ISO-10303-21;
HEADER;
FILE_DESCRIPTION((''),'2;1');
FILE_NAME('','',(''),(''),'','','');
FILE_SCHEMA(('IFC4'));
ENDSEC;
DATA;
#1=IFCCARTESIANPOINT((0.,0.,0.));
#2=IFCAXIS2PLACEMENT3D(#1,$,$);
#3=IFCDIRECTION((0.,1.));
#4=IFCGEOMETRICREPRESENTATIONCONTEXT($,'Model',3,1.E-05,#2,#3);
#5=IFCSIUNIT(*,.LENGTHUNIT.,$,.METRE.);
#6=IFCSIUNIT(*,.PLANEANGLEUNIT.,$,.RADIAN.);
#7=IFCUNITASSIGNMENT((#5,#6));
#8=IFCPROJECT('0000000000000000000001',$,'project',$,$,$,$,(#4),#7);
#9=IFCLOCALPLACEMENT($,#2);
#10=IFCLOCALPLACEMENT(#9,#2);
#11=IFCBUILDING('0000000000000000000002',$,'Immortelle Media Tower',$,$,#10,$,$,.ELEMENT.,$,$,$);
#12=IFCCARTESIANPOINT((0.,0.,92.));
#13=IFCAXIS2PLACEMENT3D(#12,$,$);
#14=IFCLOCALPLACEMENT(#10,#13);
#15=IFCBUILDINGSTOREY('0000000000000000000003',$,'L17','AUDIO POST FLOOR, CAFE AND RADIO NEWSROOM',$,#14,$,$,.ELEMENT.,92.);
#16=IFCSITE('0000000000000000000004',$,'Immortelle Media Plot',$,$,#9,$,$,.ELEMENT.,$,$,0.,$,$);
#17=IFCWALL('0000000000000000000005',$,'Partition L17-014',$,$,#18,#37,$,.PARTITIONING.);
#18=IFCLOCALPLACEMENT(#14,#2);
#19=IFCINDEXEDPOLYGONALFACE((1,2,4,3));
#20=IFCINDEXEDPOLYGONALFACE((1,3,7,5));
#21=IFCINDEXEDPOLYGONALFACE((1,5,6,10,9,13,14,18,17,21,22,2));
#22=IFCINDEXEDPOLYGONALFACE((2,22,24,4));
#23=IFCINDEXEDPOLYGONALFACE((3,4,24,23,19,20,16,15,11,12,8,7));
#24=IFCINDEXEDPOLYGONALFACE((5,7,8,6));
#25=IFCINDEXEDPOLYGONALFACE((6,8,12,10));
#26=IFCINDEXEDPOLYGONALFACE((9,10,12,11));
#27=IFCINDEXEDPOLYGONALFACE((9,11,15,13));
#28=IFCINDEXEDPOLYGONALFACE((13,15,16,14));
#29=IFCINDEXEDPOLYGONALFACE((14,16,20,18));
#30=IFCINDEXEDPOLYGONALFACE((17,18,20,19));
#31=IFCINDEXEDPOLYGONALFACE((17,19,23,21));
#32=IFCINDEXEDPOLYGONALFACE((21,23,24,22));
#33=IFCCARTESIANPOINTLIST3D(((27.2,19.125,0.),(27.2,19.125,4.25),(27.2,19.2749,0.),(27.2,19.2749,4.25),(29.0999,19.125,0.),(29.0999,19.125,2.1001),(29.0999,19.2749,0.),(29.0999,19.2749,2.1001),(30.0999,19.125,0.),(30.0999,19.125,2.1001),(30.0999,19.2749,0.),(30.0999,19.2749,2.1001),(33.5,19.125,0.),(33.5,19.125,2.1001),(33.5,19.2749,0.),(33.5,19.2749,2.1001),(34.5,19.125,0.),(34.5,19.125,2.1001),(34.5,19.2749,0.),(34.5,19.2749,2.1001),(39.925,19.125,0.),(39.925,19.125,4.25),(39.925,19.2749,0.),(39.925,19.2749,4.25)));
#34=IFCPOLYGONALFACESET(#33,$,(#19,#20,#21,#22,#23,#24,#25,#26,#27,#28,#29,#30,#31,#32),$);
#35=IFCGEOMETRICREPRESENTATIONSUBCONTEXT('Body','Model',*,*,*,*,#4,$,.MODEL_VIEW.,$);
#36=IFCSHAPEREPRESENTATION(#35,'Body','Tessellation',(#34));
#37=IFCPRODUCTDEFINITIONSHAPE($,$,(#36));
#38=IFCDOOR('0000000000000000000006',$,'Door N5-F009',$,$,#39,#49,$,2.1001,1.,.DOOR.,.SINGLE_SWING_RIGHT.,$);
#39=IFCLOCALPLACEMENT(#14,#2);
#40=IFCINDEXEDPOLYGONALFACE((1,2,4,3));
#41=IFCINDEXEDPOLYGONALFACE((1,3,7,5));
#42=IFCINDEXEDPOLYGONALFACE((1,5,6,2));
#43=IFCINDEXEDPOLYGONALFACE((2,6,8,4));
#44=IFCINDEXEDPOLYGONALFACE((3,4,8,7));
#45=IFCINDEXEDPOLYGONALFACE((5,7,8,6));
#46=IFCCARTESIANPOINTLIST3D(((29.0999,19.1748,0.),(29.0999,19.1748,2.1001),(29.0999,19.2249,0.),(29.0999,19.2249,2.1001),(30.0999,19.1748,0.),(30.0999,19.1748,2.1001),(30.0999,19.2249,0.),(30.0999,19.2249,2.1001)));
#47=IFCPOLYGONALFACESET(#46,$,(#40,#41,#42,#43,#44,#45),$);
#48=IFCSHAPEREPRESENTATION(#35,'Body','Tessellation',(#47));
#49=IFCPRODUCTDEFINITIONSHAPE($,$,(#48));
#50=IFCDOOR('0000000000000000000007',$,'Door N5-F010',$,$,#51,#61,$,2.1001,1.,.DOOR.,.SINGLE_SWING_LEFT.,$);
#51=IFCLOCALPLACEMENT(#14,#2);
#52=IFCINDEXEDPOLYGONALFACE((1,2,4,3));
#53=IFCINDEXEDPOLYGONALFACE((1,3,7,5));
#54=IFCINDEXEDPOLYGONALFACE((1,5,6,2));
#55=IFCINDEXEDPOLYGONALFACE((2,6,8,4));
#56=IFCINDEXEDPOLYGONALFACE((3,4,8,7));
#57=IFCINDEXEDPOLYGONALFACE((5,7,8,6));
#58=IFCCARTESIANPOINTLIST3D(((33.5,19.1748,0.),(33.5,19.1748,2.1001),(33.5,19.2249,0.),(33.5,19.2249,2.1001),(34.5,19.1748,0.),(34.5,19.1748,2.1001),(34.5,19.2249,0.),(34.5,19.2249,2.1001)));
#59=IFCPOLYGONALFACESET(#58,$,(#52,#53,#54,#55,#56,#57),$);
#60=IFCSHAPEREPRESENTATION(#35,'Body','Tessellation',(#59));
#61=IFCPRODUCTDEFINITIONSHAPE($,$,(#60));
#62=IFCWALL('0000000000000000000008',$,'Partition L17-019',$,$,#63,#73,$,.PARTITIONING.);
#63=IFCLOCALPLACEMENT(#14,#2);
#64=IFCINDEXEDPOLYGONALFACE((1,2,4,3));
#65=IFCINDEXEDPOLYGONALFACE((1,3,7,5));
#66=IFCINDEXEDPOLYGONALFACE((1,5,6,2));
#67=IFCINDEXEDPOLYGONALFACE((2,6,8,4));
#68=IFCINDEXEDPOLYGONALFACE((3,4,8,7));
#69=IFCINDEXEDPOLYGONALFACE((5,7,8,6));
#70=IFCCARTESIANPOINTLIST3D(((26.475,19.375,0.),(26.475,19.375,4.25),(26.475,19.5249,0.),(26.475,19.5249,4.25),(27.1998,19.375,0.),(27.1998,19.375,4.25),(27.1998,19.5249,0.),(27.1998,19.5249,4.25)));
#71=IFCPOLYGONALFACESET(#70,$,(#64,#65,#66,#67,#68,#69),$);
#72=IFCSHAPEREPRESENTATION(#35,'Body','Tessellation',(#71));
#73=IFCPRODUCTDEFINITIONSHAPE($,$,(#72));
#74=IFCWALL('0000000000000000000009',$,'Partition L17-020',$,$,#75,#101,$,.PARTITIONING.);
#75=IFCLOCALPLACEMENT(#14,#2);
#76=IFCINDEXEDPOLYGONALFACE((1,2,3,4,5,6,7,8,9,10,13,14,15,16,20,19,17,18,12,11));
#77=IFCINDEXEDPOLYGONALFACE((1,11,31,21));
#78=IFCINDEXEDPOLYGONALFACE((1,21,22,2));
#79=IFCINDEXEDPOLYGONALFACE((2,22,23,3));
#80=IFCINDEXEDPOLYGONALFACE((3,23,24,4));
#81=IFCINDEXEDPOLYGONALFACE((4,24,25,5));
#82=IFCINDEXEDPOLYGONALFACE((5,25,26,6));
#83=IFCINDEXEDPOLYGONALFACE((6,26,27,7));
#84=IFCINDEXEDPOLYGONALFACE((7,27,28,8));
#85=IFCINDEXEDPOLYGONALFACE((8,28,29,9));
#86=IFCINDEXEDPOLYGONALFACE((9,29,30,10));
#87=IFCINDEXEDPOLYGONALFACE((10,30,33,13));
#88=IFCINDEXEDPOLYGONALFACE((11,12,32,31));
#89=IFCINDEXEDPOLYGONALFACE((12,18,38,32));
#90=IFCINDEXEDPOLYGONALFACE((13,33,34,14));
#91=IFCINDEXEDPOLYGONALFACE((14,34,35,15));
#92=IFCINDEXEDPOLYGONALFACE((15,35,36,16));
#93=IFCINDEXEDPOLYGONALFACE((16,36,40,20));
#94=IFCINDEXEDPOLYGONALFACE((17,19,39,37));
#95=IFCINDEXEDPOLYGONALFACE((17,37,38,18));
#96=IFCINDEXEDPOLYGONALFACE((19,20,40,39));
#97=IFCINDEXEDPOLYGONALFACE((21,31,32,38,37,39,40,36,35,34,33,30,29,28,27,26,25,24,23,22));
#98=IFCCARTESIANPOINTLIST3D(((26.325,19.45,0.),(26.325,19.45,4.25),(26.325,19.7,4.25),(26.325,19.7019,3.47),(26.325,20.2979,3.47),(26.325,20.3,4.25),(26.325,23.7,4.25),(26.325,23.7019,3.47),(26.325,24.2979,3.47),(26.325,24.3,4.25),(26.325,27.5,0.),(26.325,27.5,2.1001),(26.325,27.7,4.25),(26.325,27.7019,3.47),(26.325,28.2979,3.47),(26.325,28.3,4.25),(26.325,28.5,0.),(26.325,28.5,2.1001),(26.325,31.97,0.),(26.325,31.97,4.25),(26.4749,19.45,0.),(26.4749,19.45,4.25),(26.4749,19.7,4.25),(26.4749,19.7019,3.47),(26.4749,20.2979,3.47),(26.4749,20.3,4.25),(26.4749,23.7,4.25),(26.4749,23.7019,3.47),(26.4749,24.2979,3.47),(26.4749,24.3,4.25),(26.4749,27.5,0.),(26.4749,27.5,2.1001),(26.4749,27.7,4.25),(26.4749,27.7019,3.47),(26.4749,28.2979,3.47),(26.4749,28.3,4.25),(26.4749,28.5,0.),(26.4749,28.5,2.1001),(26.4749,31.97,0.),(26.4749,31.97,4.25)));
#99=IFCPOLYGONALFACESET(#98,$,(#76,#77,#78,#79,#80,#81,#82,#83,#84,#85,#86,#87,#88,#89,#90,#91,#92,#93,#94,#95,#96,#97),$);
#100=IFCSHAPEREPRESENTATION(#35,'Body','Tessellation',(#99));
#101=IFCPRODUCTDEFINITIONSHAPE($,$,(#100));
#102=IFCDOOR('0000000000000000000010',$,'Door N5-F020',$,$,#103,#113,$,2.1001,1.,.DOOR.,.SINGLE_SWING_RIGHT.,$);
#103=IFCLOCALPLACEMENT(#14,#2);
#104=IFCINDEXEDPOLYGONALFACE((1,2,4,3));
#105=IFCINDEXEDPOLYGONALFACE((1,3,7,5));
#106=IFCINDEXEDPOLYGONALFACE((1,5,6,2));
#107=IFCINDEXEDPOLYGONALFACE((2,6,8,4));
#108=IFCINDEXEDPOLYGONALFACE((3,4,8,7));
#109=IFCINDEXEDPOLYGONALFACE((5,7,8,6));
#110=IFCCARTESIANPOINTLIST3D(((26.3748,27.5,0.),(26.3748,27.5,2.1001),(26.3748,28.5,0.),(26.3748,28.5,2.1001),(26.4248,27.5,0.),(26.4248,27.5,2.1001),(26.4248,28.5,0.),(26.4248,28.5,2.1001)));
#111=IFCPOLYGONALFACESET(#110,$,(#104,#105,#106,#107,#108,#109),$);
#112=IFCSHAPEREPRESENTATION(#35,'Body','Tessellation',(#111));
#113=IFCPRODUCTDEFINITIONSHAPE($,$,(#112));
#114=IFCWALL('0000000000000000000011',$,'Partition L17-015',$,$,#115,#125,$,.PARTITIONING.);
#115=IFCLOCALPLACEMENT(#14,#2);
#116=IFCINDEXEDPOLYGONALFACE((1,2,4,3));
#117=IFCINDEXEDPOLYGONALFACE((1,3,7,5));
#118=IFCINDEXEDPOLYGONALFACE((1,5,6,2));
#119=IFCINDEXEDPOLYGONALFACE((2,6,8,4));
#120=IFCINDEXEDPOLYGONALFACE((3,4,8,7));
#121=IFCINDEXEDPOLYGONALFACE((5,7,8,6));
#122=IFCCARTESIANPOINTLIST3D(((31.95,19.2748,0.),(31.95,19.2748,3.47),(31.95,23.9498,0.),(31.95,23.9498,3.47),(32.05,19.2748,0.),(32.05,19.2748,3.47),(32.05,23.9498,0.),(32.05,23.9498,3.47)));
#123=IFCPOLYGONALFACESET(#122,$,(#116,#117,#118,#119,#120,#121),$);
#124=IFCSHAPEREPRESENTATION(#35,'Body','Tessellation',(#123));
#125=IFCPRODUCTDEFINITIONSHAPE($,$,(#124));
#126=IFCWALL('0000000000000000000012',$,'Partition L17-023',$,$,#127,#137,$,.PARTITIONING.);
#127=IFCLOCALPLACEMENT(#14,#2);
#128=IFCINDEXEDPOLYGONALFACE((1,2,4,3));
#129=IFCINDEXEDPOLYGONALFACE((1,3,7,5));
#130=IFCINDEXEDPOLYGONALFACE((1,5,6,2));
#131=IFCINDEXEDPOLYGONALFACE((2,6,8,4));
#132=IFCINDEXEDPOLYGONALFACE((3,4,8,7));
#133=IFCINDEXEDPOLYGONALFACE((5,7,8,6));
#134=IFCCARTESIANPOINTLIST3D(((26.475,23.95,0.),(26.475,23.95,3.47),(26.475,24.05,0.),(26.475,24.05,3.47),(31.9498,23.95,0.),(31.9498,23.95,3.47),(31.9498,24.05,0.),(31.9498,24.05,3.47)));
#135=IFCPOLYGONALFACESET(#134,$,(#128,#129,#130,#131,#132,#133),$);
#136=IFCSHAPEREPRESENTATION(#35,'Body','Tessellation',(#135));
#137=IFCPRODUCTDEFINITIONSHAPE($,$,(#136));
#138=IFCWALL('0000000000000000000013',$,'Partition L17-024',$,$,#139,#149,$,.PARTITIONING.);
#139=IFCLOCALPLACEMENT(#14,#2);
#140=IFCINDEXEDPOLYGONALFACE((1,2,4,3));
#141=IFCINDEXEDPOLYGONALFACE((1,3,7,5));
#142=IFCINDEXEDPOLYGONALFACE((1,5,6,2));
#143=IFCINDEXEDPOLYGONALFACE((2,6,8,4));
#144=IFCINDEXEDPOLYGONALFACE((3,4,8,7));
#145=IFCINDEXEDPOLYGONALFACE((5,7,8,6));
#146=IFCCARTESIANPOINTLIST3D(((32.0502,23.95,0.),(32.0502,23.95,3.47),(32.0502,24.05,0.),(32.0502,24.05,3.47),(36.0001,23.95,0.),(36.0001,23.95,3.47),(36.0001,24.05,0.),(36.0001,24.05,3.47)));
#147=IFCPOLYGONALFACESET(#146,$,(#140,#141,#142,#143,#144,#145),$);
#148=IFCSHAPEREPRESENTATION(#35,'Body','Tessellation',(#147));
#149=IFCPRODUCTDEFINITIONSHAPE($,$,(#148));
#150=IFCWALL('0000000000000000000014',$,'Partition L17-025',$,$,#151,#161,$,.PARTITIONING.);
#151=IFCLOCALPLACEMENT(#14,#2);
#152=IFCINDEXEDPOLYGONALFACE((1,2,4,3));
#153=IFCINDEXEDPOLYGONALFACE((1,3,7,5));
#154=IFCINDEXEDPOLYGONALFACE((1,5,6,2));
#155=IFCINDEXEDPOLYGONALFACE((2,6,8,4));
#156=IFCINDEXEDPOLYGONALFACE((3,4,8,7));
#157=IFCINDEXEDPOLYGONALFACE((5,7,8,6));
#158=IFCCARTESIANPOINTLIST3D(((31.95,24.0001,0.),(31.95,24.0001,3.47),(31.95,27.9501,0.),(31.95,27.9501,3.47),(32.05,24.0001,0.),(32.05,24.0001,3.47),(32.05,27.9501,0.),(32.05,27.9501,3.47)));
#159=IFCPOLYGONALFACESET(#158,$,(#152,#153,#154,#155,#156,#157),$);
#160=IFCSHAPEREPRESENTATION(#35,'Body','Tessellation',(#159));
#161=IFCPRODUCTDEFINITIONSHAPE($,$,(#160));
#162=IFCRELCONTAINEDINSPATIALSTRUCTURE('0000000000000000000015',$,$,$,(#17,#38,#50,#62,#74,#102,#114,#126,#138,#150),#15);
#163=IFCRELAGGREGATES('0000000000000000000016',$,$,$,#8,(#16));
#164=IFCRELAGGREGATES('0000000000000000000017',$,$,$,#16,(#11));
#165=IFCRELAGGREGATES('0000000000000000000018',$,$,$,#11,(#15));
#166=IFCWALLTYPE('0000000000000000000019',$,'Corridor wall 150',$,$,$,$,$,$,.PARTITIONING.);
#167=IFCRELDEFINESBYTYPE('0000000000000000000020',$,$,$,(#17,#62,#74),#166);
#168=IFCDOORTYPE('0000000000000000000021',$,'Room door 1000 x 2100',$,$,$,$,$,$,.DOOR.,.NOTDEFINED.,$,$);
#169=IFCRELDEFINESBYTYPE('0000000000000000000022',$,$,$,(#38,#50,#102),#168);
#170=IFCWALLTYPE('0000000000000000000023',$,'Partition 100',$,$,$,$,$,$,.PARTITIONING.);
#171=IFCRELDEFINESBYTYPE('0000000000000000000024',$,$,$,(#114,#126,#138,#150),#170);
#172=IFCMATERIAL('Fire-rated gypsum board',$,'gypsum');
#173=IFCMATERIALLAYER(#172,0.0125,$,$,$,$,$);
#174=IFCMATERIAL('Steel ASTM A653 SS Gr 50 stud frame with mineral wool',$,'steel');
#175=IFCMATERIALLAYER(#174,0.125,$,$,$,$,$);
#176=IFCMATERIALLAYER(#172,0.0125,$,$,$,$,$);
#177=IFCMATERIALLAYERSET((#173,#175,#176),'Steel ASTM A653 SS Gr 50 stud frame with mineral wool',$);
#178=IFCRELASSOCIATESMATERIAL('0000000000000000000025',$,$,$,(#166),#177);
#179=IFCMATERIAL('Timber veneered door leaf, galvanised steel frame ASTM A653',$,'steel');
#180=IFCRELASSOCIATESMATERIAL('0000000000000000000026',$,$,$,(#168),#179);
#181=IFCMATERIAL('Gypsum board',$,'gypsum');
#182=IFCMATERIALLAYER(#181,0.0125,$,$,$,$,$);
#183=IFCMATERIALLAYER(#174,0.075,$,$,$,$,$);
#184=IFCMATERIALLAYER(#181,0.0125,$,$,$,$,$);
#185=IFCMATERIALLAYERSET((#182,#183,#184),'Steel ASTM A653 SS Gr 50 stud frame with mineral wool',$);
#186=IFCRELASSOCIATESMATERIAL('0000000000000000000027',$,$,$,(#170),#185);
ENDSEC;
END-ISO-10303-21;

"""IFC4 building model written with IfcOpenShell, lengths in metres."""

from ifc_helpers import new_model, si_unit, direction, frame, frame_2d, origin, place, context, subcontext, project, spatial, polyline, rectangle, outline, extrude, material, layer, layer_set, type_object, element, fill, save


model = new_model("IFC4")

# Units and contexts
model_context = context("Model", 3, precision=1e-05, world=origin(), true_north=direction((0.0, 1.0)))
body_context = subcontext(model_context, "Body", "Model", "MODEL_VIEW")
ifc_project = project(units=[si_unit("LENGTHUNIT", "METRE"), si_unit("PLANEANGLEUNIT", "RADIAN")], contexts=[model_context])

# Site, building, storey
site_placement = place(None, origin())
site = spatial("IfcSite", under=ifc_project, at=site_placement, Name="Immortelle Media Plot", CompositionType="ELEMENT", RefElevation=0.0)
building_placement = place(site_placement, origin())
building = spatial("IfcBuilding", under=site, at=building_placement, Name="Immortelle Media Tower", CompositionType="ELEMENT")
storey_placement = place(building_placement, frame((0.0, 0.0, 92.0)))
storey = spatial("IfcBuildingStorey", under=building, at=storey_placement, Name="L17", Description="AUDIO POST FLOOR, CAFE AND RADIO NEWSROOM", CompositionType="ELEMENT", Elevation=92.0)

# Shared definitions
ifc_material_1 = material(Name="Fire-rated gypsum board", Category="gypsum")
ifc_material_2 = material(Name="Steel ASTM A653 SS Gr 50 stud frame with mineral wool", Category="steel")

# Wall, openings, doors
ifc_layer_1 = layer(ifc_material_1, 0.0125)
ifc_layer_2 = layer(ifc_material_2, 0.125)
ifc_layer_3 = layer(ifc_material_1, 0.0125)
ifc_layer_set_1 = layer_set([ifc_layer_1, ifc_layer_2, ifc_layer_3], Name="Steel ASTM A653 SS Gr 50 stud frame with mineral wool")
wall_type_1 = type_object("IfcWallType", Name="Corridor wall 150", PredefinedType="PARTITIONING", material=ifc_layer_set_1)
wall_1_placement = place(storey_placement, frame((27.2, 19.2, 0.0), z_axis=(0.0, 0.0, 1.0), x_axis=(1.0, 0.0, 0.0)))
wall_1 = element("IfcWall", 1, at=wall_1_placement, inside=storey, type_object=wall_type_1, Name="Partition L17-014", PredefinedType="PARTITIONING", context=body_context, shape_type="SweptSolid", body=[
    extrude(rectangle(XDim=12.7251, YDim=0.1499, at=frame_2d((6.3625, 0.0))), origin(), (0.0, 0.0, 1.0), 4.25),
])
opening_1_placement = place(wall_1_placement, frame((1.8999, 0.0, 0.0)))
opening_1 = element("IfcOpeningElement", 2, at=opening_1_placement, cuts=wall_1, PredefinedType="OPENING", context=body_context, shape_type="SweptSolid", body=[
    extrude(rectangle(XDim=1.0, YDim=2.1001, at=frame_2d((0.5, 1.05))), frame((0.0, 0.085, 0.0), z_axis=(0.0, -1.0, 0.0), x_axis=(1.0, 0.0, 0.0)), (0.0, 0.0, 1.0), 0.1699),
])
opening_2_placement = place(wall_1_placement, frame((6.3, 0.0, 0.0)))
opening_2 = element("IfcOpeningElement", 3, at=opening_2_placement, cuts=wall_1, PredefinedType="OPENING", context=body_context, shape_type="SweptSolid", body=[
    extrude(rectangle(XDim=1.0, YDim=2.1001, at=frame_2d((0.5, 1.05))), frame((0.0, 0.085, 0.0), z_axis=(0.0, -1.0, 0.0), x_axis=(1.0, 0.0, 0.0)), (0.0, 0.0, 1.0), 0.1699),
])
ifc_material_3 = material(Name="Timber veneered door leaf, galvanised steel frame ASTM A653", Category="steel")
door_type = type_object("IfcDoorType", Name="Room door 1000 x 2100", OperationType="NOTDEFINED", PredefinedType="DOOR", material=ifc_material_3)
door_1_placement = place(opening_1_placement, origin())
door_1 = element("IfcDoor", 4, at=door_1_placement, inside=storey, type_object=door_type, Name="Door N5-F009", OperationType="SINGLE_SWING_RIGHT", OverallHeight=2.1001, OverallWidth=1.0, PredefinedType="DOOR", context=body_context, shape_type="SweptSolid", body=[
    extrude(rectangle(XDim=1.0, YDim=2.1001, at=frame_2d((0.5, 1.05))), frame((0.0, 0.0249, 0.0), z_axis=(0.0, -1.0, 0.0), x_axis=(1.0, 0.0, 0.0)), (0.0, 0.0, 1.0), 0.05),
])
fill(opening_1, door_1)
door_2_placement = place(opening_2_placement, origin())
door_2 = element("IfcDoor", 5, at=door_2_placement, inside=storey, type_object=door_type, Name="Door N5-F010", OperationType="SINGLE_SWING_LEFT", OverallHeight=2.1001, OverallWidth=1.0, PredefinedType="DOOR", context=body_context, shape_type="SweptSolid", body=[
    extrude(rectangle(XDim=1.0, YDim=2.1001, at=frame_2d((0.5, 1.05))), frame((0.0, 0.0249, 0.0), z_axis=(0.0, -1.0, 0.0), x_axis=(1.0, 0.0, 0.0)), (0.0, 0.0, 1.0), 0.05),
])
fill(opening_2, door_2)

# Wall
wall_2_placement = place(storey_placement, frame((26.4751, 19.45, 0.0), z_axis=(0.0, 0.0, 1.0), x_axis=(1.0, 0.0, 0.0)))
element("IfcWall", 6, at=wall_2_placement, inside=storey, type_object=wall_type_1, Name="Partition L17-019", PredefinedType="PARTITIONING", context=body_context, shape_type="SweptSolid", body=[
    extrude(rectangle(XDim=0.7249, YDim=0.1499, at=frame_2d((0.3623, 0.0))), origin(), (0.0, 0.0, 1.0), 4.25),
])

# Wall, opening, door
wall_3_placement = place(storey_placement, frame((26.3999, 19.45, 0.0), z_axis=(0.0, 0.0, 1.0), x_axis=(0.0, 1.0, 0.0)))
wall_3 = element("IfcWall", 7, at=wall_3_placement, inside=storey, type_object=wall_type_1, Name="Partition L17-020", PredefinedType="PARTITIONING", context=body_context, shape_type="SweptSolid", body=[
    extrude(outline(polyline([(0.0, 0.0), (12.52, 0.0), (12.52, 4.25), (8.8501, 4.25), (8.8479, 3.47), (8.252, 3.47), (8.25, 4.25), (4.8501, 4.25), (4.8479, 3.47), (4.252, 3.47), (4.25, 4.25), (0.8501, 4.25), (0.8479, 3.47), (0.252, 3.47), (0.25, 4.25), (0.0, 4.25), (0.0, 0.0)])), frame((0.0, 0.075, 0.0), z_axis=(0.0, -1.0, 0.0), x_axis=(1.0, 0.0, 0.0)), (0.0, 0.0, 1.0), 0.1499),
])
opening_3_placement = place(wall_3_placement, frame((9.05, 0.0, 0.0), z_axis=(0.0, 0.0, 1.0), x_axis=(-1.0, 0.0, 0.0)))
opening_3 = element("IfcOpeningElement", 8, at=opening_3_placement, cuts=wall_3, PredefinedType="OPENING", context=body_context, shape_type="SweptSolid", body=[
    extrude(rectangle(XDim=1.0, YDim=2.1001, at=frame_2d((0.5, 1.05))), frame((0.0, 0.085, 0.0), z_axis=(0.0, -1.0, 0.0), x_axis=(1.0, 0.0, 0.0)), (0.0, 0.0, 1.0), 0.1699),
])
door_3_placement = place(opening_3_placement, origin())
door_3 = element("IfcDoor", 9, at=door_3_placement, inside=storey, type_object=door_type, Name="Door N5-F020", OperationType="SINGLE_SWING_RIGHT", OverallHeight=2.1001, OverallWidth=1.0, PredefinedType="DOOR", context=body_context, shape_type="SweptSolid", body=[
    extrude(rectangle(XDim=1.0, YDim=2.1001, at=frame_2d((0.5, 1.05))), frame((0.0, 0.0249, 0.0), z_axis=(0.0, -1.0, 0.0), x_axis=(1.0, 0.0, 0.0)), (0.0, 0.0, 1.0), 0.05),
])
fill(opening_3, door_3)

# Walls
ifc_material_4 = material(Name="Gypsum board", Category="gypsum")
ifc_layer_4 = layer(ifc_material_4, 0.0125)
ifc_layer_5 = layer(ifc_material_2, 0.075)
ifc_layer_6 = layer(ifc_material_4, 0.0125)
ifc_layer_set_2 = layer_set([ifc_layer_4, ifc_layer_5, ifc_layer_6], Name="Steel ASTM A653 SS Gr 50 stud frame with mineral wool")
wall_type_2 = type_object("IfcWallType", Name="Partition 100", PredefinedType="PARTITIONING", material=ifc_layer_set_2)
wall_4_placement = place(storey_placement, frame((32.0, 19.2749, 0.0), z_axis=(0.0, 0.0, 1.0), x_axis=(0.0, 1.0, 0.0)))
element("IfcWall", 10, at=wall_4_placement, inside=storey, type_object=wall_type_2, Name="Partition L17-015", PredefinedType="PARTITIONING", context=body_context, shape_type="SweptSolid", body=[
    extrude(rectangle(XDim=4.675, YDim=0.1001, at=frame_2d((2.3374, 0.0))), origin(), (0.0, 0.0, 1.0), 3.47),
])
wall_5_placement = place(storey_placement, frame((26.4751, 24.0, 0.0), z_axis=(0.0, 0.0, 1.0), x_axis=(1.0, 0.0, 0.0)))
element("IfcWall", 11, at=wall_5_placement, inside=storey, type_object=wall_type_2, Name="Partition L17-023", PredefinedType="PARTITIONING", context=body_context, shape_type="SweptSolid", body=[
    extrude(rectangle(XDim=5.4749, YDim=0.1001, at=frame_2d((2.7373, 0.0))), origin(), (0.0, 0.0, 1.0), 3.47),
])
for number, where, z_axis, x_axis, name in (
    (12, (32.05, 24.0, 0.0), (0.0, 0.0, 1.0), (1.0, 0.0, 0.0), "Partition L17-024"),
    (13, (32.0, 24.0, 0.0), (0.0, 0.0, 1.0), (0.0, 1.0, 0.0), "Partition L17-025"),
):
    element("IfcWall", number, at=place(storey_placement, frame(where, z_axis=z_axis, x_axis=x_axis)), inside=storey, type_object=wall_type_2, Name=name, PredefinedType="PARTITIONING", context=body_context, shape_type="SweptSolid", body=[
        extrude(rectangle(XDim=3.95, YDim=0.1001, at=frame_2d((1.9751, 0.0))), origin(), (0.0, 0.0, 1.0), 3.47),
    ])

save(model, "model.ifc")
